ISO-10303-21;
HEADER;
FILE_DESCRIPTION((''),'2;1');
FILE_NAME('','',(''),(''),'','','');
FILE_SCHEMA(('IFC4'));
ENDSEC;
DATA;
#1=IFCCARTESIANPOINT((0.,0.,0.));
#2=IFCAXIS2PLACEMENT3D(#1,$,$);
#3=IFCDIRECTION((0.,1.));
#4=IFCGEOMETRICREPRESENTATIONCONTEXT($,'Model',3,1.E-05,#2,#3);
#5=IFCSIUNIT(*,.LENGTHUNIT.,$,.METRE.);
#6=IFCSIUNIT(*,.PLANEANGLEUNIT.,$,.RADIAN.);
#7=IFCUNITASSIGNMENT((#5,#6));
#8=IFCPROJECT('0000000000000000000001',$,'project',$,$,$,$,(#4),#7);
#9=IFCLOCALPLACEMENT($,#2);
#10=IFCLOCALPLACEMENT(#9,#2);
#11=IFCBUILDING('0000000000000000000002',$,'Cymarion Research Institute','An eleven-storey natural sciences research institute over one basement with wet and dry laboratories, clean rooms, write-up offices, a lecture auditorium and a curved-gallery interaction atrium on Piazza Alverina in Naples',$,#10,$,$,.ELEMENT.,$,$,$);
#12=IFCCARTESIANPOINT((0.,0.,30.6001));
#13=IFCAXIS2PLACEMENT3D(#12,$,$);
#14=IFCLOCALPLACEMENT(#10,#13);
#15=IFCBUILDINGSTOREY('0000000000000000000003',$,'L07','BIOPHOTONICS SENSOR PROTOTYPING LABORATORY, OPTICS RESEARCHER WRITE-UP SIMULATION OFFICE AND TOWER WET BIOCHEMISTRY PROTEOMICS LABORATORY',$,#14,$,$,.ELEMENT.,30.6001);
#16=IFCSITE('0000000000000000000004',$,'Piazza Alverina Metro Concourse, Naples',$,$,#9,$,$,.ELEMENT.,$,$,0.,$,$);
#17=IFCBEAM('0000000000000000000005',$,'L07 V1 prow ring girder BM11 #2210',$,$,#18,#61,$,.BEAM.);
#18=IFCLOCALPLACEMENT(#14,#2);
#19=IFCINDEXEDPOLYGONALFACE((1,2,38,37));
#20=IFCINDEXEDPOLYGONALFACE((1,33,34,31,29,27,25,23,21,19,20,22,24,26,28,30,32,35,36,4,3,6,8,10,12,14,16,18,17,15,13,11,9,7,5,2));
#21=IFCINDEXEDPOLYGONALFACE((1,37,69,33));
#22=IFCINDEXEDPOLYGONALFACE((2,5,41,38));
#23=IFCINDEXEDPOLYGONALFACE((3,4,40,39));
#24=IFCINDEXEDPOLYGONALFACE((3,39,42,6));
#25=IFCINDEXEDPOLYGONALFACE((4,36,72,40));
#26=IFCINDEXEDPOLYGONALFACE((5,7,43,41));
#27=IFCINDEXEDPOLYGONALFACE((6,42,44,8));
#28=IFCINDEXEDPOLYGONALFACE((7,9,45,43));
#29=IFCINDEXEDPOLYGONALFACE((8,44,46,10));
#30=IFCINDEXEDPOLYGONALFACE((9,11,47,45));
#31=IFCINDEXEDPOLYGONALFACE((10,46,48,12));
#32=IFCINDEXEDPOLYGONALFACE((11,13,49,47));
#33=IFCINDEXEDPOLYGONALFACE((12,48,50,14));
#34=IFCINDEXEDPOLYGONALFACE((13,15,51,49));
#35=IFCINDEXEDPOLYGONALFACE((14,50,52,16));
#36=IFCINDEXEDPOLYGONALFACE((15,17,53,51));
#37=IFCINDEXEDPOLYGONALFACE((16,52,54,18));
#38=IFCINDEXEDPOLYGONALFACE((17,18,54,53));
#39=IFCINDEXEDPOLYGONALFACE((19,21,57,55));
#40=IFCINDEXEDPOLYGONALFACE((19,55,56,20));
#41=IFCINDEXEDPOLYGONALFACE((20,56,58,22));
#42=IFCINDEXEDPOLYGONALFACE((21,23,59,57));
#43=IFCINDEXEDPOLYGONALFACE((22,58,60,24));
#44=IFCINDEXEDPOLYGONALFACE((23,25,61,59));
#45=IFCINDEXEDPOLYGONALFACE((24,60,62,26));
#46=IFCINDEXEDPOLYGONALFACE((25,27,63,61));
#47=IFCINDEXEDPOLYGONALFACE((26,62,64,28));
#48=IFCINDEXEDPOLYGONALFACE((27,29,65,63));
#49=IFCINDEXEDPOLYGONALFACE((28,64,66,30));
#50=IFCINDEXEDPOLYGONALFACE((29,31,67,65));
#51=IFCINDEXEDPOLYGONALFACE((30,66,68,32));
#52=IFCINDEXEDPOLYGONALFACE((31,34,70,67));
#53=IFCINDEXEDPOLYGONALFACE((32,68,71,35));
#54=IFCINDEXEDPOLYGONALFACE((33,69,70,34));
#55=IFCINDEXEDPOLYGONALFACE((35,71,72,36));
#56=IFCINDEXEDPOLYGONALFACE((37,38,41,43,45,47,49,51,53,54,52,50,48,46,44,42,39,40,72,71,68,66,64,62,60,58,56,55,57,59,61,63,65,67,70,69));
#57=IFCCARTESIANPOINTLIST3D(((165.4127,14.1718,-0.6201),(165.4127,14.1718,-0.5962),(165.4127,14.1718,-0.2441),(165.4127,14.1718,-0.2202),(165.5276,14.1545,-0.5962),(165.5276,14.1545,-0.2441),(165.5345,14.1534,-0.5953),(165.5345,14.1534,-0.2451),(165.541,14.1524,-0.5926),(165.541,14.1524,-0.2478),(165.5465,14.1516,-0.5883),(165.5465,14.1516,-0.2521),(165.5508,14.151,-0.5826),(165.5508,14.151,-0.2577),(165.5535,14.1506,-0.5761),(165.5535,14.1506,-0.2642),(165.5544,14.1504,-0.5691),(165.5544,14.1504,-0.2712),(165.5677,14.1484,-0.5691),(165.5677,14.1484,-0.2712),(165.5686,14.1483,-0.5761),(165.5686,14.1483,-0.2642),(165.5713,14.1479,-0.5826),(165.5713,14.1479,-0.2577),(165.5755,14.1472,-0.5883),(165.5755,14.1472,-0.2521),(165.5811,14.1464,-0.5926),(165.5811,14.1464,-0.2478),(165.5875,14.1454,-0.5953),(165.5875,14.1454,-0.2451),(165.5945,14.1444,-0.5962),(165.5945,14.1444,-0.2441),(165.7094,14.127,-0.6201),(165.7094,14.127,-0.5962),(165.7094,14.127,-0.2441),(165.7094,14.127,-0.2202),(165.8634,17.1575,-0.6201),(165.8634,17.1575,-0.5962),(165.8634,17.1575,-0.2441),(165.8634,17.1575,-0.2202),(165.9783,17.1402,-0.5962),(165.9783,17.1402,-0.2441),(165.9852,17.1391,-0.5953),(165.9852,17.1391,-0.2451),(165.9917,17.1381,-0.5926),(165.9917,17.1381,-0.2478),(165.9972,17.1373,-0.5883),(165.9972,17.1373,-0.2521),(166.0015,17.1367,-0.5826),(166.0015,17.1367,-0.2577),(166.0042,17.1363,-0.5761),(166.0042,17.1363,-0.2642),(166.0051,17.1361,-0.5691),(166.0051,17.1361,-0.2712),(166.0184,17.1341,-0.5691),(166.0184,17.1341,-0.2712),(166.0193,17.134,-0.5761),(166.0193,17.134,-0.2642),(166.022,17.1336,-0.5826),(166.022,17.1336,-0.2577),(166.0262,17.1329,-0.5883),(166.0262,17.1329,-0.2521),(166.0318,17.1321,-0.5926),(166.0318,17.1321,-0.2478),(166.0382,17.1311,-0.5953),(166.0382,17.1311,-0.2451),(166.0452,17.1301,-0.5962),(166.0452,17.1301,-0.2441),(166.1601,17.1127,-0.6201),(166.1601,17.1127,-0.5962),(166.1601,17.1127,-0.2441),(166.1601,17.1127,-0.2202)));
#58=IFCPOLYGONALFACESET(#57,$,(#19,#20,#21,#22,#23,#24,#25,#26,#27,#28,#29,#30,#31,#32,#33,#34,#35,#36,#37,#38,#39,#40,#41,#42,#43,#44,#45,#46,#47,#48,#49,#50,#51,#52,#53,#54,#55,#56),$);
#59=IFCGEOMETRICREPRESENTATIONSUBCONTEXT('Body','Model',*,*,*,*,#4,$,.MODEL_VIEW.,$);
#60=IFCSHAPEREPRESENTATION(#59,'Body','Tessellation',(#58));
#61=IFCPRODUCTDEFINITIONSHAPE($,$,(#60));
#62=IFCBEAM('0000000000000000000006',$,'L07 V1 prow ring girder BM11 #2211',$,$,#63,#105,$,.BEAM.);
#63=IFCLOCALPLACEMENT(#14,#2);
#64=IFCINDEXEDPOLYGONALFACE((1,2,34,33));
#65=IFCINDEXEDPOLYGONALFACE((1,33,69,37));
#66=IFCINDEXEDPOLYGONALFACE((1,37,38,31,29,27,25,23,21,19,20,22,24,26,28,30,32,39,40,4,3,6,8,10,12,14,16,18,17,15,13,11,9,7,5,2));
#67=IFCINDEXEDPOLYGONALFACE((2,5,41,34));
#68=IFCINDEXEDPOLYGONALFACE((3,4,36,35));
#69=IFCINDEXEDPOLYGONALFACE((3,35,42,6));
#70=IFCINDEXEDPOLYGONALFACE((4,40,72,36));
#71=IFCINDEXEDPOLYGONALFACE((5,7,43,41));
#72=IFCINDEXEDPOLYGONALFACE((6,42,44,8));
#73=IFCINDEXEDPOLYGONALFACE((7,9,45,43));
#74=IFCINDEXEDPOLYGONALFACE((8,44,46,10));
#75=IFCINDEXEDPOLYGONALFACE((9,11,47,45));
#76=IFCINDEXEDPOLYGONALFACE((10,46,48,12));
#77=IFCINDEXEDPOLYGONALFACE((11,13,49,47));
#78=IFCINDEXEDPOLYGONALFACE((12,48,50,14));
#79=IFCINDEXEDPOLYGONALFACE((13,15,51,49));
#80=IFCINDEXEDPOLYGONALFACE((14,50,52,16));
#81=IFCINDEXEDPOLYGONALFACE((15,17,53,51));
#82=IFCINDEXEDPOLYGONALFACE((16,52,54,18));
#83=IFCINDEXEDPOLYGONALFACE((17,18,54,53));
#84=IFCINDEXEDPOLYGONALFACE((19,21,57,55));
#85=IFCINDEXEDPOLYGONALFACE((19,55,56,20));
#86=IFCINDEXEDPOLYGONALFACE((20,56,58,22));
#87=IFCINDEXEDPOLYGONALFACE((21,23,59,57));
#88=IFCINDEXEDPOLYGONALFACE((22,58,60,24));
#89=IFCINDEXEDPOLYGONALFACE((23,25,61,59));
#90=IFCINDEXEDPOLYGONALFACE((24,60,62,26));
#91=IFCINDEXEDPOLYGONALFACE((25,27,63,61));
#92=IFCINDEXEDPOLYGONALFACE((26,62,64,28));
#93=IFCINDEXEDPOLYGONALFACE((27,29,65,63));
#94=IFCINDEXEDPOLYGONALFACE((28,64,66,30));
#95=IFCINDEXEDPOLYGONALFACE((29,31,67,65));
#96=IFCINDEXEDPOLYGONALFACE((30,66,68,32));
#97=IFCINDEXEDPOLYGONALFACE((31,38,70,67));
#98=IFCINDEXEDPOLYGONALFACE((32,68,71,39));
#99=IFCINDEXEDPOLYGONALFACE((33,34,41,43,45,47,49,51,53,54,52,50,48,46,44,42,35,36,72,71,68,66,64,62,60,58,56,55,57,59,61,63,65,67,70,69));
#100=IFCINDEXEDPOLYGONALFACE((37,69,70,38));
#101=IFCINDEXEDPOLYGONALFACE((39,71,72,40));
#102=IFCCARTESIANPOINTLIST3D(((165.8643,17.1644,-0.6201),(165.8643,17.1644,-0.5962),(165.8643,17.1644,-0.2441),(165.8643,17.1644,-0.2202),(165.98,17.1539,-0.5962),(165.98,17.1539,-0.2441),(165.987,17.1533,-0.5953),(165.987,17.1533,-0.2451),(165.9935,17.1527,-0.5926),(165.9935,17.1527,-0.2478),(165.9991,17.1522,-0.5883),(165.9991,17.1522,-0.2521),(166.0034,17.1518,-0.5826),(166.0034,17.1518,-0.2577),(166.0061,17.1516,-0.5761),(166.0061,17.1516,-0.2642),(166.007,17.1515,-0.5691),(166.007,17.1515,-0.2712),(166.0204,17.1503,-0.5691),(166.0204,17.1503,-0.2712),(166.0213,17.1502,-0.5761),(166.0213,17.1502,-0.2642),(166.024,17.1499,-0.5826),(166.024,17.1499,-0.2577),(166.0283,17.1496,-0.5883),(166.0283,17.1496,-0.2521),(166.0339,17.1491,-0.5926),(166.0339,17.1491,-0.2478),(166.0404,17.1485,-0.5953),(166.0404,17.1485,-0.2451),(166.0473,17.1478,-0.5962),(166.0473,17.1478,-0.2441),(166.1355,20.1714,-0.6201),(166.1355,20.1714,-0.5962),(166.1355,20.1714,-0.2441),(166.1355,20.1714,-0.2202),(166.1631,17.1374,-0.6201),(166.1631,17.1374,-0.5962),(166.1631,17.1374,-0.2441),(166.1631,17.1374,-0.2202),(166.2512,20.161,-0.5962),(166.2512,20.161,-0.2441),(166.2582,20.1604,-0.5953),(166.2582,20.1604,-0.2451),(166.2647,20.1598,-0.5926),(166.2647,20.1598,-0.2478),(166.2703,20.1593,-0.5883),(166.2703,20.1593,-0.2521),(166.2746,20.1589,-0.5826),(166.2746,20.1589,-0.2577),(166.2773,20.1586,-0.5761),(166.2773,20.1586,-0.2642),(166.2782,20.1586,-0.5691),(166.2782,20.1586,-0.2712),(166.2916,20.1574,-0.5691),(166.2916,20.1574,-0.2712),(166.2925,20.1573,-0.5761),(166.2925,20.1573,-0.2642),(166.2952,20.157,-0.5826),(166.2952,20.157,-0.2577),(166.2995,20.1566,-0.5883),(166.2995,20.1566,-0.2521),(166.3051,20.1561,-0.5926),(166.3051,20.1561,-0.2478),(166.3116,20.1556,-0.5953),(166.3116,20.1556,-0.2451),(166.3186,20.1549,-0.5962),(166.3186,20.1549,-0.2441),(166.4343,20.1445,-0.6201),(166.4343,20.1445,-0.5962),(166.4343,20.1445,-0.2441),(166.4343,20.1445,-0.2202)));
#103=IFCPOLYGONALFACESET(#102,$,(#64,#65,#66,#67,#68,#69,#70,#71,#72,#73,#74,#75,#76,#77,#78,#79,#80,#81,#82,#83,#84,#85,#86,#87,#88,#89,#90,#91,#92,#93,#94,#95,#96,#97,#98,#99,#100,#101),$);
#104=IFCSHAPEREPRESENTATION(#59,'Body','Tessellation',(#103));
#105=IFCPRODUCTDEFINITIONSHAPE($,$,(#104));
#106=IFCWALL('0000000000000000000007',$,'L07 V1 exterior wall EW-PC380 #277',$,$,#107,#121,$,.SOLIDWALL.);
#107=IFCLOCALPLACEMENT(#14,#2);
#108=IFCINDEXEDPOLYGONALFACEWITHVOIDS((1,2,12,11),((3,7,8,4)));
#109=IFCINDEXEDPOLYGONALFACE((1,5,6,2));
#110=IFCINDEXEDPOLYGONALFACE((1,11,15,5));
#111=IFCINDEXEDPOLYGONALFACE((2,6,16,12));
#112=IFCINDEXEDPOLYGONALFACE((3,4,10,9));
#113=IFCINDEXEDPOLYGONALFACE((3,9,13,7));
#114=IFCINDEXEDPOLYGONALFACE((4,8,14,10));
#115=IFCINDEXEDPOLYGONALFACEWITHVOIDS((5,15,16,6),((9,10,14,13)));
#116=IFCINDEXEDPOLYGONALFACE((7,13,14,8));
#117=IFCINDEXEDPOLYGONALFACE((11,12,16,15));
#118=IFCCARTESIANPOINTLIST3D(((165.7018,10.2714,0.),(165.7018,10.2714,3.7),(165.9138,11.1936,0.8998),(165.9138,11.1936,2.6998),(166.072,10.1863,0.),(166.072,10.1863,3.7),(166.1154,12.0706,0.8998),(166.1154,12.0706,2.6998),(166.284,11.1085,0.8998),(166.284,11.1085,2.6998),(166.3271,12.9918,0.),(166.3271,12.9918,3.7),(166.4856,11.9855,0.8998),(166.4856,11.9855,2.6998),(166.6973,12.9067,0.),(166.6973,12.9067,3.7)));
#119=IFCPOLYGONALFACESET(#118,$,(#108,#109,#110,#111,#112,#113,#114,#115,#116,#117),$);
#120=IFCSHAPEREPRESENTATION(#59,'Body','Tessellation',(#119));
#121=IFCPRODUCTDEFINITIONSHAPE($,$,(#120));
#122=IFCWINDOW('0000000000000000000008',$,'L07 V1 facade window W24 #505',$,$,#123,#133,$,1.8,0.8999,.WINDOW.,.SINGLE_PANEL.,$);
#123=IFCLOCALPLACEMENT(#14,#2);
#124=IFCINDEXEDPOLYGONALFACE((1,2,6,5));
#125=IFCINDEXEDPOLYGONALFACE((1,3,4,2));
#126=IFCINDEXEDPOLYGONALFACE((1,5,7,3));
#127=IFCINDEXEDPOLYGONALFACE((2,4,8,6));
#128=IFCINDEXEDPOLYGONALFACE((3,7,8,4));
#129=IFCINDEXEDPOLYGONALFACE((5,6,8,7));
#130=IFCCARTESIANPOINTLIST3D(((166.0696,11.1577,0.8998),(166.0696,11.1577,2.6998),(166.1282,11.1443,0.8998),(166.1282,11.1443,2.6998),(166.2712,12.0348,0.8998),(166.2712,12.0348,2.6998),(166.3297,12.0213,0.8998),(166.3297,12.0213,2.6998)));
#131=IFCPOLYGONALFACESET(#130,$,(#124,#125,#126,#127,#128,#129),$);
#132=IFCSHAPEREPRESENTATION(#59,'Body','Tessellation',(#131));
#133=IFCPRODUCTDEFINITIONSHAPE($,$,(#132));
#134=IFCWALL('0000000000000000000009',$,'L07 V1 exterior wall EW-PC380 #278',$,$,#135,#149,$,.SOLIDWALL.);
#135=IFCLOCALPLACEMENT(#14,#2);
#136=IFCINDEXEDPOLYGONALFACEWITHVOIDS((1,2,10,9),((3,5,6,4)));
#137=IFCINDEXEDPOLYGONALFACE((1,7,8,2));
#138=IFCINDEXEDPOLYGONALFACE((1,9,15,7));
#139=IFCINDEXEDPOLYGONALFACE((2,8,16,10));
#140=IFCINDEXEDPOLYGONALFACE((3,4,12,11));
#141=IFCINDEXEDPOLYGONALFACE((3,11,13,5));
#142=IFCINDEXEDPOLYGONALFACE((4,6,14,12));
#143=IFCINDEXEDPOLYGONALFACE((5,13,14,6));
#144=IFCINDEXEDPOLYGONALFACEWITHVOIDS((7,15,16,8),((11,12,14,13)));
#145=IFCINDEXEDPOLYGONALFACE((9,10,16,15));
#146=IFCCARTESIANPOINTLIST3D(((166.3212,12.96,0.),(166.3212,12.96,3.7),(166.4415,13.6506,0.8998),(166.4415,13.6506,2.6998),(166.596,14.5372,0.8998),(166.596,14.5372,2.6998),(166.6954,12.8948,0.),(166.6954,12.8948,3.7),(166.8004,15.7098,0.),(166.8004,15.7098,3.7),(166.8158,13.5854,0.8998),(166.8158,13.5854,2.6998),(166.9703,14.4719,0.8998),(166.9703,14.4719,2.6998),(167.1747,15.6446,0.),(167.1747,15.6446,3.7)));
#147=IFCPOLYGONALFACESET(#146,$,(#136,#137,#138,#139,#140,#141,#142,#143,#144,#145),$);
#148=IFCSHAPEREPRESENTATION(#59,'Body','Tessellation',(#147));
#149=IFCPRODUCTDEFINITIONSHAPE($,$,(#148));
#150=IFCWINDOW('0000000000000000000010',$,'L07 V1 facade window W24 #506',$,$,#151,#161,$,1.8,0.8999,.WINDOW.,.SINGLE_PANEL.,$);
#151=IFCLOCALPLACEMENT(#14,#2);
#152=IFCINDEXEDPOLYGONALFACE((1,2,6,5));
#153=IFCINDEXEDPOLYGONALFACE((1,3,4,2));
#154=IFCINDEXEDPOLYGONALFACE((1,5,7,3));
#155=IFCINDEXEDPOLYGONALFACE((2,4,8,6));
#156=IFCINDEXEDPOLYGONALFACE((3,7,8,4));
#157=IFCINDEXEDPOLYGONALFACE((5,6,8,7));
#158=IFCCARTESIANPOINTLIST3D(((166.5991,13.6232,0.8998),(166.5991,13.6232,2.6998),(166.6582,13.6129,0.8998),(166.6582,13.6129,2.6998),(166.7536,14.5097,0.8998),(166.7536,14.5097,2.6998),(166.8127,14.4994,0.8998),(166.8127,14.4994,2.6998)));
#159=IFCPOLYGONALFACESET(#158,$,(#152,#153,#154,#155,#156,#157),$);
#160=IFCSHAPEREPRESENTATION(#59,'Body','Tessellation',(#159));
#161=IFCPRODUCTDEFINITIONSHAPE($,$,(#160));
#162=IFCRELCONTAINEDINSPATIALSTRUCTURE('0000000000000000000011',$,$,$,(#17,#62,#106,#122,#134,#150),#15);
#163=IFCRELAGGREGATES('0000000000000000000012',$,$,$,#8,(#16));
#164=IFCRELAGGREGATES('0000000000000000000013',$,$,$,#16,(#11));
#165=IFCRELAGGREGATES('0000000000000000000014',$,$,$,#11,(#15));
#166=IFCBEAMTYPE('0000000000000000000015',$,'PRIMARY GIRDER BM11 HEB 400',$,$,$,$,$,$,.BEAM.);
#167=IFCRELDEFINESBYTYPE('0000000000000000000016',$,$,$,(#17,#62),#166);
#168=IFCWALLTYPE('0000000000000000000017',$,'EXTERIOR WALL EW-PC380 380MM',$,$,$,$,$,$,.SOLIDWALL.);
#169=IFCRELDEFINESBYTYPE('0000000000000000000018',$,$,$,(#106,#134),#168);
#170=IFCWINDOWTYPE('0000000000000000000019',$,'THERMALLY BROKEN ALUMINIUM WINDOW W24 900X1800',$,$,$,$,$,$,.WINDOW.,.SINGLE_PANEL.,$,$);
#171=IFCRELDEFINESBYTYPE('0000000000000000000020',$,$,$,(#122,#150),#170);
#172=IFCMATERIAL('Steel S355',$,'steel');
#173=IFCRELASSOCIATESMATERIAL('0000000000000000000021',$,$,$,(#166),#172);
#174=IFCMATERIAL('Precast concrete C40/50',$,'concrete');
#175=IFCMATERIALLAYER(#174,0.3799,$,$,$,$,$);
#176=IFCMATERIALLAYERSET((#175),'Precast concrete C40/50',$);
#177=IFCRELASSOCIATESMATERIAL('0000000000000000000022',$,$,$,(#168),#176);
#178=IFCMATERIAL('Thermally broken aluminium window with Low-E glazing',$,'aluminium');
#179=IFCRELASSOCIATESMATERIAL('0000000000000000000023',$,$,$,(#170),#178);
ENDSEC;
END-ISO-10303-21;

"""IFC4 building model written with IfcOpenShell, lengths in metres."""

from ifc_helpers import new_model, si_unit, direction, frame, frame_2d, origin, origin_2d, place, context, subcontext, project, spatial, rectangle, i_section, extrude, material, layer, layer_set, material_profile, profile_set, type_object, element, fill, save


model = new_model("IFC4")

# Units and contexts
model_context = context("Model", 3, precision=1e-05, world=origin(), true_north=direction((0.0, 1.0)))
body_context = subcontext(model_context, "Body", "Model", "MODEL_VIEW")
ifc_project = project(units=[si_unit("LENGTHUNIT", "METRE"), si_unit("PLANEANGLEUNIT", "RADIAN")], contexts=[model_context])

# Site, building, storey
site_placement = place(None, origin())
site = spatial("IfcSite", under=ifc_project, at=site_placement, Name="Piazza Alverina Metro Concourse, Naples", CompositionType="ELEMENT", RefElevation=0.0)
building_placement = place(site_placement, origin())
building = spatial("IfcBuilding", under=site, at=building_placement, Name="Cymarion Research Institute", Description="An eleven-storey natural sciences research institute over one basement with wet and dry laboratories, clean rooms, write-up offices, a lecture auditorium and a curved-gallery interaction atrium on Piazza Alverina in Naples", CompositionType="ELEMENT")
storey_placement = place(building_placement, frame((0.0, 0.0, 30.6001)))
storey = spatial("IfcBuildingStorey", under=building, at=storey_placement, Name="L07", Description="BIOPHOTONICS SENSOR PROTOTYPING LABORATORY, OPTICS RESEARCHER WRITE-UP SIMULATION OFFICE AND TOWER WET BIOCHEMISTRY PROTEOMICS LABORATORY", CompositionType="ELEMENT", Elevation=30.6001)

# Shared definitions
ifc_material_1 = material(Name="Steel S355", Category="steel")

# Beams
ifc_material_profile_1 = material_profile(ifc_material_1, i_section(OverallWidth=0.3, OverallDepth=0.3999, WebThickness=0.0134, FlangeThickness=0.0239, FilletRadius=0.0271, at=origin_2d()), Name="HEB 400")
ifc_profile_set_1 = profile_set([ifc_material_profile_1], Name="Steel S355")
beam_type = type_object("IfcBeamType", Name="PRIMARY GIRDER BM11 HEB 400", PredefinedType="BEAM", material=ifc_profile_set_1)
for number, where, z_axis, x_axis, name in (
    (1, (165.561, 14.1494, -0.4202), (0.149262, 0.988798, 0.0), (-0.988798, 0.149262, 0.0), "L07 V1 prow ring girder BM11 #2210"),
):
    element("IfcBeam", number, at=place(storey_placement, frame(where, z_axis=z_axis, x_axis=x_axis)), inside=storey, type_object=beam_type, Name=name, PredefinedType="BEAM", context=body_context, shape_type="SweptSolid", body=[
        extrude(i_section(OverallWidth=0.3, OverallDepth=0.3999, WebThickness=0.0134, FlangeThickness=0.0239, FilletRadius=0.0271, at=origin_2d()), origin(), (0.0, 0.0, 1.0), 3.0195),
    ])
beam_placement = place(storey_placement, frame((166.0137, 17.1509, -0.4202), z_axis=(0.089836, 0.995957, 0.0), x_axis=(-0.995957, 0.089836, 0.0)))
element("IfcBeam", 2, at=beam_placement, inside=storey, type_object=beam_type, Name="L07 V1 prow ring girder BM11 #2211", PredefinedType="BEAM", context=body_context, shape_type="SweptSolid", body=[
    extrude(i_section(OverallWidth=0.3, OverallDepth=0.3999, WebThickness=0.0134, FlangeThickness=0.0239, FilletRadius=0.0271, at=origin_2d()), origin(), (0.0, 0.0, 1.0), 3.0193),
])

# Walls, openings, windows
ifc_material_2 = material(Name="Precast concrete C40/50", Category="concrete")
ifc_layer_1 = layer(ifc_material_2, 0.3799)
ifc_layer_set_1 = layer_set([ifc_layer_1], Name="Precast concrete C40/50")
wall_type = type_object("IfcWallType", Name="EXTERIOR WALL EW-PC380 380MM", PredefinedType="SOLIDWALL", material=ifc_layer_set_1)
wall_1_placement = place(storey_placement, frame((165.887, 10.229, 0.0), z_axis=(0.0, 0.0, 1.0), x_axis=(0.22401, 0.974587, 0.0)))
wall_1 = element("IfcWall", 3, at=wall_1_placement, inside=storey, type_object=wall_type, Name="L07 V1 exterior wall EW-PC380 #277", PredefinedType="SOLIDWALL", context=body_context, shape_type="SweptSolid", body=[
    extrude(rectangle(XDim=2.7913, YDim=0.3799, at=frame_2d((1.3955, 0.0))), origin(), (0.0, 0.0, 1.0), 3.7),
])
opening_1_placement = place(wall_1_placement, frame((0.946, 0.0, 0.8999)))
opening_1 = element("IfcOpeningElement", 4, at=opening_1_placement, cuts=wall_1, PredefinedType="OPENING", context=body_context, shape_type="SweptSolid", body=[
    extrude(rectangle(XDim=0.8999, YDim=1.8, at=frame_2d((0.45, 0.8999))), frame((0.0, 0.2, 0.0), z_axis=(0.0, -1.0, 0.0), x_axis=(1.0, 0.0, 0.0)), (0.0, 0.0, 1.0), 0.3999),
])
ifc_material_3 = material(Name="Thermally broken aluminium window with Low-E glazing", Category="aluminium")
window_type = type_object("IfcWindowType", Name="THERMALLY BROKEN ALUMINIUM WINDOW W24 900X1800", PartitioningType="SINGLE_PANEL", PredefinedType="WINDOW", material=ifc_material_3)
window_1_placement = place(opening_1_placement, origin())
window_1 = element("IfcWindow", 5, at=window_1_placement, inside=storey, type_object=window_type, Name="L07 V1 facade window W24 #505", OverallHeight=1.8, OverallWidth=0.8999, PartitioningType="SINGLE_PANEL", PredefinedType="WINDOW", context=body_context, shape_type="SweptSolid", body=[
    extrude(rectangle(XDim=0.8999, YDim=1.8, at=frame_2d((0.45, 0.8999))), frame((0.0, 0.03, 0.0), z_axis=(0.0, -1.0, 0.0), x_axis=(1.0, 0.0, 0.0)), (0.0, 0.0, 1.0), 0.0601),
])
fill(opening_1, window_1)
wall_2_placement = place(storey_placement, frame((166.5083, 12.9275, 0.0), z_axis=(0.0, 0.0, 1.0), x_axis=(0.171699, 0.985149, 0.0)))
wall_2 = element("IfcWall", 6, at=wall_2_placement, inside=storey, type_object=wall_type, Name="L07 V1 exterior wall EW-PC380 #278", PredefinedType="SOLIDWALL", context=body_context, shape_type="SweptSolid", body=[
    extrude(rectangle(XDim=2.7913, YDim=0.3799, at=frame_2d((1.3955, 0.0))), origin(), (0.0, 0.0, 1.0), 3.7),
])
opening_2_placement = place(wall_2_placement, frame((0.7009, 0.0, 0.8999)))
opening_2 = element("IfcOpeningElement", 7, at=opening_2_placement, cuts=wall_2, PredefinedType="OPENING", context=body_context, shape_type="SweptSolid", body=[
    extrude(rectangle(XDim=0.8999, YDim=1.8, at=frame_2d((0.45, 0.8999))), frame((0.0, 0.2, 0.0), z_axis=(0.0, -1.0, 0.0), x_axis=(1.0, 0.0, 0.0)), (0.0, 0.0, 1.0), 0.3999),
])
window_2_placement = place(opening_2_placement, origin())
window_2 = element("IfcWindow", 8, at=window_2_placement, inside=storey, type_object=window_type, Name="L07 V1 facade window W24 #506", OverallHeight=1.8, OverallWidth=0.8999, PartitioningType="SINGLE_PANEL", PredefinedType="WINDOW", context=body_context, shape_type="SweptSolid", body=[
    extrude(rectangle(XDim=0.8999, YDim=1.8, at=frame_2d((0.45, 0.8999))), frame((0.0, 0.03, 0.0), z_axis=(0.0, -1.0, 0.0), x_axis=(1.0, 0.0, 0.0)), (0.0, 0.0, 1.0), 0.0601),
])
fill(opening_2, window_2)

save(model, "model.ifc")
